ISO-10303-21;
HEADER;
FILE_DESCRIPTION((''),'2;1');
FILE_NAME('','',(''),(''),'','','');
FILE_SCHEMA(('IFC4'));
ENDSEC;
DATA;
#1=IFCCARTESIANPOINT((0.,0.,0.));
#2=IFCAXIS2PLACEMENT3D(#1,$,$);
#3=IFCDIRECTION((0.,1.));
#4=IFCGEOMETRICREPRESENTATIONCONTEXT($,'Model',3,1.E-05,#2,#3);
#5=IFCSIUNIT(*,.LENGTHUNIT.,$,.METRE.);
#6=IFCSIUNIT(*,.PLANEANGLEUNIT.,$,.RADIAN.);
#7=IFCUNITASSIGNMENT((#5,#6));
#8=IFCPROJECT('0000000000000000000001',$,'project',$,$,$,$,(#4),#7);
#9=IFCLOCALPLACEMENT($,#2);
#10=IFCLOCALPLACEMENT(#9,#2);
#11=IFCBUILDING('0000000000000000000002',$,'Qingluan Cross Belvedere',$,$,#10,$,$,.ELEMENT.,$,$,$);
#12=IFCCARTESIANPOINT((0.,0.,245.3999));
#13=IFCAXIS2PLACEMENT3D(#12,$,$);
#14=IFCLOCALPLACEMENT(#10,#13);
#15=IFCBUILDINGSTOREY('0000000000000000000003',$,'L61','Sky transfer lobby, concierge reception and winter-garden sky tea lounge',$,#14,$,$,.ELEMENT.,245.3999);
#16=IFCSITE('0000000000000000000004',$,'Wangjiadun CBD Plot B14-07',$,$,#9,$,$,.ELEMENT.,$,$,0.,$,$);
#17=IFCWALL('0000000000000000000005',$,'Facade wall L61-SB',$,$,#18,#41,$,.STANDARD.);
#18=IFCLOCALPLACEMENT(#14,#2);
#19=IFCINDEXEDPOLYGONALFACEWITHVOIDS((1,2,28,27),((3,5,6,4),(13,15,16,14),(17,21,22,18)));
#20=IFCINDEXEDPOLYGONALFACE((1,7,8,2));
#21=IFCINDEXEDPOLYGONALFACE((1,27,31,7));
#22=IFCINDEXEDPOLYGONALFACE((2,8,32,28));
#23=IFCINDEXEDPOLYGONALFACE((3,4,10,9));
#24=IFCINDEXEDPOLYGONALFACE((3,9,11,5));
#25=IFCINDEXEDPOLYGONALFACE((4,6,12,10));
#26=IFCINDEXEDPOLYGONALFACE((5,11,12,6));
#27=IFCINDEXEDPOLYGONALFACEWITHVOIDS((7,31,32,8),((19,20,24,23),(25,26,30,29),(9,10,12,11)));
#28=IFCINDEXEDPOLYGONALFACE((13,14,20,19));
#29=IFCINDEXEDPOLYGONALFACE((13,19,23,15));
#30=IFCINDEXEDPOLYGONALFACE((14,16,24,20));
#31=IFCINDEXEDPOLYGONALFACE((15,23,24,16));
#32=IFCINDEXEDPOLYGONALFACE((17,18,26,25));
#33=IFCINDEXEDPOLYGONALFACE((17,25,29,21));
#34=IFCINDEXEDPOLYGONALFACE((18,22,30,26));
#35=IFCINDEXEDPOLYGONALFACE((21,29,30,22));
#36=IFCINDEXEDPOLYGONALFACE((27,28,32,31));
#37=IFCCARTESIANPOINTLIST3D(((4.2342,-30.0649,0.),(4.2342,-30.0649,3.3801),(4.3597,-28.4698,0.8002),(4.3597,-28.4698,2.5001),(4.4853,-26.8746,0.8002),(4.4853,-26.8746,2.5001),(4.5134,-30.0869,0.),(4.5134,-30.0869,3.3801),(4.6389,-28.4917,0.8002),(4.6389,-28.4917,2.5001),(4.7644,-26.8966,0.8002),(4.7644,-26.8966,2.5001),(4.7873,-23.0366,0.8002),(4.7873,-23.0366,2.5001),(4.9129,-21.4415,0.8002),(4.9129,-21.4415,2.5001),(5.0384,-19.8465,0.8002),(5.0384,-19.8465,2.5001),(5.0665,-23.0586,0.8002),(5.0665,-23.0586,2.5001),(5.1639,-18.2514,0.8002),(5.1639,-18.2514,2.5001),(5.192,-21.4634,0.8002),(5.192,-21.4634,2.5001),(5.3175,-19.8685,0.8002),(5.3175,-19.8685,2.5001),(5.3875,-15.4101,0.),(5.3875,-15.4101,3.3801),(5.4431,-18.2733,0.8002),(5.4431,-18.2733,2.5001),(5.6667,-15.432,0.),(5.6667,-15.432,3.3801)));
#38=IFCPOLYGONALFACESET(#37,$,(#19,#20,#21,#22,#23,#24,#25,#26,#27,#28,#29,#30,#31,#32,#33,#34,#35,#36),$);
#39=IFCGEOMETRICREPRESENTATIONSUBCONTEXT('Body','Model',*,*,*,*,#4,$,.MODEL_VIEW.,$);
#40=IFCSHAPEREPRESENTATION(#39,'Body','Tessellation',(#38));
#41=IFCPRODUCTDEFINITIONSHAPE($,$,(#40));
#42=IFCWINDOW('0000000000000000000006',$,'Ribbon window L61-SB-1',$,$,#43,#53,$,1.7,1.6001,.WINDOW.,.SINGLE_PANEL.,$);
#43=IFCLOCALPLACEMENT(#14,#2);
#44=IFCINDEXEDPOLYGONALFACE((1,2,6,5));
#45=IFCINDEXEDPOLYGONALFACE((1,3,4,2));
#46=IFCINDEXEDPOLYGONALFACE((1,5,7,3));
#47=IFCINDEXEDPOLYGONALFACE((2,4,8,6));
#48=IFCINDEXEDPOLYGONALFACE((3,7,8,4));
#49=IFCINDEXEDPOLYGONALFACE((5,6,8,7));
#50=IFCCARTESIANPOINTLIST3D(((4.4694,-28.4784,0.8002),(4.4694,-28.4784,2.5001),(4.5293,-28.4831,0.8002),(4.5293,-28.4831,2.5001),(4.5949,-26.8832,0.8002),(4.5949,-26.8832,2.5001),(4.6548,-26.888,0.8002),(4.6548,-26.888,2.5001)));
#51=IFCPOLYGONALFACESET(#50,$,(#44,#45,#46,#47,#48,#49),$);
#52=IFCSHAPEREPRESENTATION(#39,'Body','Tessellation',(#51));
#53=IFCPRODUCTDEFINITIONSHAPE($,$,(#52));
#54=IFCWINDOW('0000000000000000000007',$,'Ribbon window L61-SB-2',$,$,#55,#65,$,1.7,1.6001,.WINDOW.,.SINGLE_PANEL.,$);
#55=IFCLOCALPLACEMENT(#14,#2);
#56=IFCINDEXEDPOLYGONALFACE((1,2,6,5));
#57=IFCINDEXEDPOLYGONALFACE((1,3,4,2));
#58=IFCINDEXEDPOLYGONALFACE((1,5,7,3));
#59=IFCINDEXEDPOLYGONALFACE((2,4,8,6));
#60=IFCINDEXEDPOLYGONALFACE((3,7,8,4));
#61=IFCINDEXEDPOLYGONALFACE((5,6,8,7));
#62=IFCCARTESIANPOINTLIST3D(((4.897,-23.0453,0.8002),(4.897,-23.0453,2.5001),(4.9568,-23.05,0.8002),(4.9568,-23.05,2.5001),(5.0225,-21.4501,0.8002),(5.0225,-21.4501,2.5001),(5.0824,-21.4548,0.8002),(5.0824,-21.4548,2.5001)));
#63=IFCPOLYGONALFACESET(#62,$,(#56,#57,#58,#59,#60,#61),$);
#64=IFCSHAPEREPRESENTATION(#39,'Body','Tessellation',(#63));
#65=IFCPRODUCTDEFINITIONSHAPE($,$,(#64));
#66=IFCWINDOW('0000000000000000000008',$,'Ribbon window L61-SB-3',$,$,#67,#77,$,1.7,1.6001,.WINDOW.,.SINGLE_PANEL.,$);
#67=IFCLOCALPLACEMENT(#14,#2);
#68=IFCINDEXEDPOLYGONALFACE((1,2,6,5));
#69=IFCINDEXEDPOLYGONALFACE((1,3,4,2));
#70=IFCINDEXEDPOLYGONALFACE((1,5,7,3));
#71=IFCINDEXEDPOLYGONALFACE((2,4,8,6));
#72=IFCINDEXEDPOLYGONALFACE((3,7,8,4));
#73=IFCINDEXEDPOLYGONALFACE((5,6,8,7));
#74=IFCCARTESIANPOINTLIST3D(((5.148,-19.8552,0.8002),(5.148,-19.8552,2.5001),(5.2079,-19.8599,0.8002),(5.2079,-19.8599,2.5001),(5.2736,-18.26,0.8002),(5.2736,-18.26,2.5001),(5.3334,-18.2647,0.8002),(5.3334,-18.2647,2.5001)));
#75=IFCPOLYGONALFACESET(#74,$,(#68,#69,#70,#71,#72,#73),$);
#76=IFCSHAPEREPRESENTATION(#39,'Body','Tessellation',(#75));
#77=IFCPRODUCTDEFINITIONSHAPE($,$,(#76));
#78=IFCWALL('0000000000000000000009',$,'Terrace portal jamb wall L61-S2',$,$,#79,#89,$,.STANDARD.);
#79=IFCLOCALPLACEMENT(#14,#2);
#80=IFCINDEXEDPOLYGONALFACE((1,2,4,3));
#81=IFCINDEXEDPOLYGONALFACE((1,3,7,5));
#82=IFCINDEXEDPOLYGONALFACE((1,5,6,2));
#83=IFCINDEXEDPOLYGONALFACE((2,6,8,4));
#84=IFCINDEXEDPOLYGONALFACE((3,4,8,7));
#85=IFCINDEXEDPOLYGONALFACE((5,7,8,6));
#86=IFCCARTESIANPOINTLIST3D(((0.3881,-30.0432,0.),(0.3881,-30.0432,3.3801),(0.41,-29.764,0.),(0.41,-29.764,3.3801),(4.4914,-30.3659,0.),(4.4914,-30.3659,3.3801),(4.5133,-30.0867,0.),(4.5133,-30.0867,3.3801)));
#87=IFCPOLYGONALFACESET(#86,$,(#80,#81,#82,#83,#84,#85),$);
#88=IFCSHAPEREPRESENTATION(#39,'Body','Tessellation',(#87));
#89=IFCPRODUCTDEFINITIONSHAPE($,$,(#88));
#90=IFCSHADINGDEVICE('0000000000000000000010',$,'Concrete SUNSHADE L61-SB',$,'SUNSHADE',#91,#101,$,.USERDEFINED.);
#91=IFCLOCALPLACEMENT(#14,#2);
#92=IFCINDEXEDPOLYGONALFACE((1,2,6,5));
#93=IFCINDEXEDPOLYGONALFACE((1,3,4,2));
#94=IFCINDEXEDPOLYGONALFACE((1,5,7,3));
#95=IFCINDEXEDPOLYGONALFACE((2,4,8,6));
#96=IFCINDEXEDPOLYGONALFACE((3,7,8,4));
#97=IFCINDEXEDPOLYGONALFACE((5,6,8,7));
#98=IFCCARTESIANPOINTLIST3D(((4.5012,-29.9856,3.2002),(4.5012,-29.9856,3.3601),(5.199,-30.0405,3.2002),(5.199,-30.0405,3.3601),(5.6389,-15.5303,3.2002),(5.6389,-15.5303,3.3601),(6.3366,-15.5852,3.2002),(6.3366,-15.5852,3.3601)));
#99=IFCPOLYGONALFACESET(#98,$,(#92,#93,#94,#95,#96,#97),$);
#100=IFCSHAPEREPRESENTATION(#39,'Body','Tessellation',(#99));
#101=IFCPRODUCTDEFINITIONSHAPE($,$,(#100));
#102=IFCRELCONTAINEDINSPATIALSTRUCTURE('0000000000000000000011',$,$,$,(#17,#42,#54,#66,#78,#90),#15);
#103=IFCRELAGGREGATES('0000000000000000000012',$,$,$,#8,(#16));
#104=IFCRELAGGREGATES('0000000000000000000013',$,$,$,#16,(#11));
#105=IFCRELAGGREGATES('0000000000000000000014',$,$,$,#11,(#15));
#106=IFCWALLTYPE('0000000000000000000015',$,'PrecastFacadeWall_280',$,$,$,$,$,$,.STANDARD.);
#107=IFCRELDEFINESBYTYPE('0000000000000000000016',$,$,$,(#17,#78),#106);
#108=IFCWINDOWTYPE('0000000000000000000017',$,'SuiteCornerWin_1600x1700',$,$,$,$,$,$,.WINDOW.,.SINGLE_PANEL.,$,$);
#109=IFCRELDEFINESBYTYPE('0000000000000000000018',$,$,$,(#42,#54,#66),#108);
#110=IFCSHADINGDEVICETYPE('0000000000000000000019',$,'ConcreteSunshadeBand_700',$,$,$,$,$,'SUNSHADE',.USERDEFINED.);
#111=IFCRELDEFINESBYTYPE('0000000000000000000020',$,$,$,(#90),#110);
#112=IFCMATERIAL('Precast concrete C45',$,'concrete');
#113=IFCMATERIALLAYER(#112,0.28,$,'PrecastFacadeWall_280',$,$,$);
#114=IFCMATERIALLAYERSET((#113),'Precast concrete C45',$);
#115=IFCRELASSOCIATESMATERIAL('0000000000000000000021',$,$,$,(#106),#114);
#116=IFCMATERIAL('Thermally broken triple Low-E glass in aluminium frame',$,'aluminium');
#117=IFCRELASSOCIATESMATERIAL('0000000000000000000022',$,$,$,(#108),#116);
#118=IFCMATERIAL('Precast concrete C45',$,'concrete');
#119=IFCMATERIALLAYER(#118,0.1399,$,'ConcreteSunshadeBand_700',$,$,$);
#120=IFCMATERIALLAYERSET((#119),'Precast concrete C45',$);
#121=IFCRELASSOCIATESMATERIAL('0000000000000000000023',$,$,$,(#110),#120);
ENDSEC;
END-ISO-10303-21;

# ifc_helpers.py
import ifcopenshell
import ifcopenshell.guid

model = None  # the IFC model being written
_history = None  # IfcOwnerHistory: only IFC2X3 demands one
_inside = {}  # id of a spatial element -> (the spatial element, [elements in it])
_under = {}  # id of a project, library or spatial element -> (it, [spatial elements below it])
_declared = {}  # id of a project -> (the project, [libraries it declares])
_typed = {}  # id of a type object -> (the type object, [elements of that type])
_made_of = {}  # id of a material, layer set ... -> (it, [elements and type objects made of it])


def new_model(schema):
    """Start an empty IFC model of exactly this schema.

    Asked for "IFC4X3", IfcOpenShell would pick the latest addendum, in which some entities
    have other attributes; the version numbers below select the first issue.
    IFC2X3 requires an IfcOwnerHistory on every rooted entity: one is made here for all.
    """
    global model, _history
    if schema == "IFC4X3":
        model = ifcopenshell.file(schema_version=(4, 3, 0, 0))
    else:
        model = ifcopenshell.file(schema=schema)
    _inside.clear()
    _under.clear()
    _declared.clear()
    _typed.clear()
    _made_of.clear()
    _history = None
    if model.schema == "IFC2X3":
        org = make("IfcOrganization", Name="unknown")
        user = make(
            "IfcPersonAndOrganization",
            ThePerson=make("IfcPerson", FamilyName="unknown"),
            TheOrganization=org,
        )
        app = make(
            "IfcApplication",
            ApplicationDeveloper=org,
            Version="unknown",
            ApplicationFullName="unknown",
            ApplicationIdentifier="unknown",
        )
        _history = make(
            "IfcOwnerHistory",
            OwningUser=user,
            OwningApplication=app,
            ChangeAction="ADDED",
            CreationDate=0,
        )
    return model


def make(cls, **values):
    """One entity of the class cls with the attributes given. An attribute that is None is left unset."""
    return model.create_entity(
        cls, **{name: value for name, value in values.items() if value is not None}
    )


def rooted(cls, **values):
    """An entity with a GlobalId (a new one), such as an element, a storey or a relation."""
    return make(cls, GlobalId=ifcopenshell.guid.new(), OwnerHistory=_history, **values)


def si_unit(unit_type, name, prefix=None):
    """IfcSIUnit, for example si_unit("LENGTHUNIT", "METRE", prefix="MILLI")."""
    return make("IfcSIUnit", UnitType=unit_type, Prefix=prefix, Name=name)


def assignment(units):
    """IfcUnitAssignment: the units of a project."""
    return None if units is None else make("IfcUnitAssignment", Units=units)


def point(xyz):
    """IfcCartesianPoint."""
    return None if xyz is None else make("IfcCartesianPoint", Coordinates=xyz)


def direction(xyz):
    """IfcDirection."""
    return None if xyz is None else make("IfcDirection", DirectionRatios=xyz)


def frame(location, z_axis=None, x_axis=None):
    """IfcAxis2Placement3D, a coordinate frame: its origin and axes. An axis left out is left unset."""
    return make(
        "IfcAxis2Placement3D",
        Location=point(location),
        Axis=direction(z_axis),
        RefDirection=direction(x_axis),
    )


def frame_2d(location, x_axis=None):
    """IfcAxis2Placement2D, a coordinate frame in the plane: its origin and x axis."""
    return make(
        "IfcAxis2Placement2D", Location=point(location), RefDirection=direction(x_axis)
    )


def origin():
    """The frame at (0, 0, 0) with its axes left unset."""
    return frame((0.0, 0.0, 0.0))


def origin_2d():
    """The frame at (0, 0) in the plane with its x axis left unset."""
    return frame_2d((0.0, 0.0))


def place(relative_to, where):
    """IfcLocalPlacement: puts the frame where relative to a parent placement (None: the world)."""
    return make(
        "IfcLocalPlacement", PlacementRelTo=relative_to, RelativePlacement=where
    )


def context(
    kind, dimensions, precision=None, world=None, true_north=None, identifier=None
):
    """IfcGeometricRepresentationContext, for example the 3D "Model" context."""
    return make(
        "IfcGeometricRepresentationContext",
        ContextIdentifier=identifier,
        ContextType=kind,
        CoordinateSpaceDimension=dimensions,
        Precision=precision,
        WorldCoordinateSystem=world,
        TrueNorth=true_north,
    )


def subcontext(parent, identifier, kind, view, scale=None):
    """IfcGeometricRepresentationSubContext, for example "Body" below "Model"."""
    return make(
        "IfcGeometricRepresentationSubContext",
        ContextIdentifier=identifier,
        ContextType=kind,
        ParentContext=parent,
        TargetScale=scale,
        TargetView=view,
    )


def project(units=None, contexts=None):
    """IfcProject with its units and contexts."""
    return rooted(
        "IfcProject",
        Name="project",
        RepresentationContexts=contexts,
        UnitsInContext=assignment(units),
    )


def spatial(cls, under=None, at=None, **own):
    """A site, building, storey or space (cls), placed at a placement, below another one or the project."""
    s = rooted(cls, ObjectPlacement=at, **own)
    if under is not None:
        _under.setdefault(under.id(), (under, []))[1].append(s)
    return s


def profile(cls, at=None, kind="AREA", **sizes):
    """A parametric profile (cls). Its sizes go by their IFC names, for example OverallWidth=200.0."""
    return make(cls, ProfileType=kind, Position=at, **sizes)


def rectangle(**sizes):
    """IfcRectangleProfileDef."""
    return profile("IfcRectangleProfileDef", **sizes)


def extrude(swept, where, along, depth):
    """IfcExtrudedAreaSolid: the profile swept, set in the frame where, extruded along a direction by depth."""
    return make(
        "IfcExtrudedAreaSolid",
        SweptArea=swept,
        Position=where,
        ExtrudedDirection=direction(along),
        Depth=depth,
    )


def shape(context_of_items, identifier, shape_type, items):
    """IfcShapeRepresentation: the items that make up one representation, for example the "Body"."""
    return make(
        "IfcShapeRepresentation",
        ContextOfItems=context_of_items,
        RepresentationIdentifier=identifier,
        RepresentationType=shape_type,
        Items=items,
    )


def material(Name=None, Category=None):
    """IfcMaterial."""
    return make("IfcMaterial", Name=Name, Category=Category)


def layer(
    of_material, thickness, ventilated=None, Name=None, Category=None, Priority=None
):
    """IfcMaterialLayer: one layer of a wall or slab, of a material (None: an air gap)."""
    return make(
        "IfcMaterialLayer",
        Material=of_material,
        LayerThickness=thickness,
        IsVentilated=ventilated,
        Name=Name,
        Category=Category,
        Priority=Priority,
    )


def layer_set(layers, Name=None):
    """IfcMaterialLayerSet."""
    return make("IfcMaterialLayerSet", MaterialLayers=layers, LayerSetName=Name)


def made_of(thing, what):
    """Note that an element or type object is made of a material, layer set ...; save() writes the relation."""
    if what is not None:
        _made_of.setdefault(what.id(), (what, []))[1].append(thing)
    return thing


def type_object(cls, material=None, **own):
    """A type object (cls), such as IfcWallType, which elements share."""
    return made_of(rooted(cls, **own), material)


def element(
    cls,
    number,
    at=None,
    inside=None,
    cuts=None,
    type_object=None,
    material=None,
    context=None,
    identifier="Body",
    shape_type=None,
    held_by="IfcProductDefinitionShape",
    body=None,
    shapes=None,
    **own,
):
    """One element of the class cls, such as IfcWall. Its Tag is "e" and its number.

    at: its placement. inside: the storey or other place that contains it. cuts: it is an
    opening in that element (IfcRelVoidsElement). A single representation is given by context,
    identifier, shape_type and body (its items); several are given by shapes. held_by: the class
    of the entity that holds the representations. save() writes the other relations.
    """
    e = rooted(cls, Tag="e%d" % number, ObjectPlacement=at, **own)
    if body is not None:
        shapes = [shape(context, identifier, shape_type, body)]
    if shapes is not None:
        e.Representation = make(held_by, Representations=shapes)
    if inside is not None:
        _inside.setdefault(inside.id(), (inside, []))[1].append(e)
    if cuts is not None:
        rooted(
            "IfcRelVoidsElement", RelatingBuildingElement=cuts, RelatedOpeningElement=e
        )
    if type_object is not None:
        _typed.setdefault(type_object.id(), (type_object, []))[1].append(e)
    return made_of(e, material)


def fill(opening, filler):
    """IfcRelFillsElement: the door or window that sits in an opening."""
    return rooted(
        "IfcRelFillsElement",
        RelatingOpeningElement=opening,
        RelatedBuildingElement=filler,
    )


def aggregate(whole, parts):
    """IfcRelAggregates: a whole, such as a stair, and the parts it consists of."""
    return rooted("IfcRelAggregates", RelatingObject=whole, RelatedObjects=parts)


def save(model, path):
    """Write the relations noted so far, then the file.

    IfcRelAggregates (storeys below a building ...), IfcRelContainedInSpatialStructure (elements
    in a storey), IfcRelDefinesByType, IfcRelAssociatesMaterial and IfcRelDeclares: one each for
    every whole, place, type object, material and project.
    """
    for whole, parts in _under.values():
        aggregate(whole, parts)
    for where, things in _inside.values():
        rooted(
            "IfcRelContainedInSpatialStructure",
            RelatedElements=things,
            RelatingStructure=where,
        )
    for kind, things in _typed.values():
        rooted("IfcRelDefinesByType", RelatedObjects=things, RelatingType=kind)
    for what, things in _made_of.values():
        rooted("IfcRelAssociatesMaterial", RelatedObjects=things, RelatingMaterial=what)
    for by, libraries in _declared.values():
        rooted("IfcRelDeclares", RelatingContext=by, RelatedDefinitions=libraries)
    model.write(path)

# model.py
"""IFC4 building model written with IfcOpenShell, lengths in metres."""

from ifc_helpers import new_model, si_unit, direction, frame, frame_2d, origin, origin_2d, place, context, subcontext, project, spatial, rectangle, extrude, material, layer, layer_set, type_object, element, fill, save


model = new_model("IFC4")

# Units and contexts
model_context = context("Model", 3, precision=1e-05, world=origin(), true_north=direction((0.0, 1.0)))
body_context = subcontext(model_context, "Body", "Model", "MODEL_VIEW")
ifc_project = project(units=[si_unit("LENGTHUNIT", "METRE"), si_unit("PLANEANGLEUNIT", "RADIAN")], contexts=[model_context])

# Site, building, storey
site_placement = place(None, origin())
site = spatial("IfcSite", under=ifc_project, at=site_placement, Name="Wangjiadun CBD Plot B14-07", CompositionType="ELEMENT", RefElevation=0.0)
building_placement = place(site_placement, origin())
building = spatial("IfcBuilding", under=site, at=building_placement, Name="Qingluan Cross Belvedere", CompositionType="ELEMENT")
storey_placement = place(building_placement, frame((0.0, 0.0, 245.3999)))
storey = spatial("IfcBuildingStorey", under=building, at=storey_placement, Name="L61", Description="Sky transfer lobby, concierge reception and winter-garden sky tea lounge", CompositionType="ELEMENT", Elevation=245.3999)

# Wall, openings, windows
ifc_material_1 = material(Name="Precast concrete C45", Category="concrete")
ifc_layer_1 = layer(ifc_material_1, 0.28, Name="PrecastFacadeWall_280")
ifc_layer_set_1 = layer_set([ifc_layer_1], Name="Precast concrete C45")
wall_type_1 = type_object("IfcWallType", Name="PrecastFacadeWall_280", PredefinedType="STANDARD", material=ifc_layer_set_1)
wall_1_placement = place(storey_placement, frame((4.3738, -30.0759, 0.0), z_axis=(0.0, 0.0, 1.0), x_axis=(0.078457, 0.996918, 0.0)))
wall_1 = element("IfcWall", 1, at=wall_1_placement, inside=storey, type_object=wall_type_1, Name="Facade wall L61-SB", PredefinedType="STANDARD", context=body_context, shape_type="SweptSolid", body=[
    extrude(rectangle(XDim=14.7002, YDim=0.28, at=frame_2d((7.3501, 0.0))), origin(), (0.0, 0.0, 1.0), 3.3801),
])
opening_1_placement = place(wall_1_placement, frame((1.6001, 0.0, 0.8)))
opening_1 = element("IfcOpeningElement", 2, at=opening_1_placement, cuts=wall_1, PredefinedType="OPENING", context=body_context, shape_type="SweptSolid", body=[
    extrude(rectangle(XDim=1.6001, YDim=1.7, at=frame_2d((0.8, 0.8501))), frame((0.0, 0.1499, 0.0), z_axis=(0.0, -1.0, 0.0), x_axis=(1.0, 0.0, 0.0)), (0.0, 0.0, 1.0), 0.3),
])
opening_2_placement = place(wall_1_placement, frame((7.05, 0.0, 0.8)))
opening_2 = element("IfcOpeningElement", 3, at=opening_2_placement, cuts=wall_1, PredefinedType="OPENING", context=body_context, shape_type="SweptSolid", body=[
    extrude(rectangle(XDim=1.6001, YDim=1.7, at=frame_2d((0.8, 0.8501))), frame((0.0, 0.1499, 0.0), z_axis=(0.0, -1.0, 0.0), x_axis=(1.0, 0.0, 0.0)), (0.0, 0.0, 1.0), 0.3),
])
opening_3_placement = place(wall_1_placement, frame((10.25, 0.0, 0.8)))
opening_3 = element("IfcOpeningElement", 4, at=opening_3_placement, cuts=wall_1, PredefinedType="OPENING", context=body_context, shape_type="SweptSolid", body=[
    extrude(rectangle(XDim=1.6001, YDim=1.7, at=frame_2d((0.8, 0.8501))), frame((0.0, 0.1499, 0.0), z_axis=(0.0, -1.0, 0.0), x_axis=(1.0, 0.0, 0.0)), (0.0, 0.0, 1.0), 0.3),
])
ifc_material_2 = material(Name="Thermally broken triple Low-E glass in aluminium frame", Category="aluminium")
window_type = type_object("IfcWindowType", Name="SuiteCornerWin_1600x1700", PartitioningType="SINGLE_PANEL", PredefinedType="WINDOW", material=ifc_material_2)
window_1_placement = place(opening_1_placement, origin())
window_1 = element("IfcWindow", 5, at=window_1_placement, inside=storey, type_object=window_type, Name="Ribbon window L61-SB-1", OverallHeight=1.7, OverallWidth=1.6001, PartitioningType="SINGLE_PANEL", PredefinedType="WINDOW", context=body_context, shape_type="SweptSolid", body=[
    extrude(rectangle(XDim=1.6001, YDim=1.7, at=frame_2d((0.8, 0.8501))), frame((0.0, 0.03, 0.0), z_axis=(0.0, -1.0, 0.0), x_axis=(1.0, 0.0, 0.0)), (0.0, 0.0, 1.0), 0.0601),
])
fill(opening_1, window_1)
window_2_placement = place(opening_2_placement, origin())
window_2 = element("IfcWindow", 6, at=window_2_placement, inside=storey, type_object=window_type, Name="Ribbon window L61-SB-2", OverallHeight=1.7, OverallWidth=1.6001, PartitioningType="SINGLE_PANEL", PredefinedType="WINDOW", context=body_context, shape_type="SweptSolid", body=[
    extrude(rectangle(XDim=1.6001, YDim=1.7, at=frame_2d((0.8, 0.8501))), frame((0.0, 0.03, 0.0), z_axis=(0.0, -1.0, 0.0), x_axis=(1.0, 0.0, 0.0)), (0.0, 0.0, 1.0), 0.0601),
])
fill(opening_2, window_2)
window_3_placement = place(opening_3_placement, origin())
window_3 = element("IfcWindow", 7, at=window_3_placement, inside=storey, type_object=window_type, Name="Ribbon window L61-SB-3", OverallHeight=1.7, OverallWidth=1.6001, PartitioningType="SINGLE_PANEL", PredefinedType="WINDOW", context=body_context, shape_type="SweptSolid", body=[
    extrude(rectangle(XDim=1.6001, YDim=1.7, at=frame_2d((0.8, 0.8501))), frame((0.0, 0.03, 0.0), z_axis=(0.0, -1.0, 0.0), x_axis=(1.0, 0.0, 0.0)), (0.0, 0.0, 1.0), 0.0601),
])
fill(opening_3, window_3)

# Wall
wall_2_placement = place(storey_placement, frame((0.3989, -29.9036, 0.0), z_axis=(0.0, 0.0, 1.0), x_axis=(0.996921, -0.078415, 0.0)))
element("IfcWall", 8, at=wall_2_placement, inside=storey, type_object=wall_type_1, Name="Terrace portal jamb wall L61-S2", PredefinedType="STANDARD", context=body_context, shape_type="SweptSolid", body=[
    extrude(rectangle(XDim=4.116, YDim=0.28, at=frame_2d((2.0581, 0.0))), origin(), (0.0, 0.0, 1.0), 3.3801),
])

# Shading device
ifc_material_3 = material(Name="Precast concrete C45", Category="concrete")
ifc_layer_2 = layer(ifc_material_3, 0.1399, Name="ConcreteSunshadeBand_700")
ifc_layer_set_2 = layer_set([ifc_layer_2], Name="Precast concrete C45")
shading_device_type = type_object("IfcShadingDeviceType", Name="ConcreteSunshadeBand_700", ElementType="SUNSHADE", PredefinedType="USERDEFINED", material=ifc_layer_set_2)
shading_device_placement = place(storey_placement, frame((5.4189, -22.7854, 3.2002), z_axis=(0.0, 0.0, 1.0), x_axis=(0.078456, 0.996918, 0.0)))
element("IfcShadingDevice", 9, at=shading_device_placement, inside=storey, type_object=shading_device_type, Name="Concrete SUNSHADE L61-SB", ObjectType="SUNSHADE", PredefinedType="USERDEFINED", context=body_context, shape_type="SweptSolid", body=[
    extrude(rectangle(XDim=14.5, YDim=0.7, at=origin_2d()), origin(), (0.0, 0.0, 1.0), 0.1599),
])

save(model, "model.ifc")
